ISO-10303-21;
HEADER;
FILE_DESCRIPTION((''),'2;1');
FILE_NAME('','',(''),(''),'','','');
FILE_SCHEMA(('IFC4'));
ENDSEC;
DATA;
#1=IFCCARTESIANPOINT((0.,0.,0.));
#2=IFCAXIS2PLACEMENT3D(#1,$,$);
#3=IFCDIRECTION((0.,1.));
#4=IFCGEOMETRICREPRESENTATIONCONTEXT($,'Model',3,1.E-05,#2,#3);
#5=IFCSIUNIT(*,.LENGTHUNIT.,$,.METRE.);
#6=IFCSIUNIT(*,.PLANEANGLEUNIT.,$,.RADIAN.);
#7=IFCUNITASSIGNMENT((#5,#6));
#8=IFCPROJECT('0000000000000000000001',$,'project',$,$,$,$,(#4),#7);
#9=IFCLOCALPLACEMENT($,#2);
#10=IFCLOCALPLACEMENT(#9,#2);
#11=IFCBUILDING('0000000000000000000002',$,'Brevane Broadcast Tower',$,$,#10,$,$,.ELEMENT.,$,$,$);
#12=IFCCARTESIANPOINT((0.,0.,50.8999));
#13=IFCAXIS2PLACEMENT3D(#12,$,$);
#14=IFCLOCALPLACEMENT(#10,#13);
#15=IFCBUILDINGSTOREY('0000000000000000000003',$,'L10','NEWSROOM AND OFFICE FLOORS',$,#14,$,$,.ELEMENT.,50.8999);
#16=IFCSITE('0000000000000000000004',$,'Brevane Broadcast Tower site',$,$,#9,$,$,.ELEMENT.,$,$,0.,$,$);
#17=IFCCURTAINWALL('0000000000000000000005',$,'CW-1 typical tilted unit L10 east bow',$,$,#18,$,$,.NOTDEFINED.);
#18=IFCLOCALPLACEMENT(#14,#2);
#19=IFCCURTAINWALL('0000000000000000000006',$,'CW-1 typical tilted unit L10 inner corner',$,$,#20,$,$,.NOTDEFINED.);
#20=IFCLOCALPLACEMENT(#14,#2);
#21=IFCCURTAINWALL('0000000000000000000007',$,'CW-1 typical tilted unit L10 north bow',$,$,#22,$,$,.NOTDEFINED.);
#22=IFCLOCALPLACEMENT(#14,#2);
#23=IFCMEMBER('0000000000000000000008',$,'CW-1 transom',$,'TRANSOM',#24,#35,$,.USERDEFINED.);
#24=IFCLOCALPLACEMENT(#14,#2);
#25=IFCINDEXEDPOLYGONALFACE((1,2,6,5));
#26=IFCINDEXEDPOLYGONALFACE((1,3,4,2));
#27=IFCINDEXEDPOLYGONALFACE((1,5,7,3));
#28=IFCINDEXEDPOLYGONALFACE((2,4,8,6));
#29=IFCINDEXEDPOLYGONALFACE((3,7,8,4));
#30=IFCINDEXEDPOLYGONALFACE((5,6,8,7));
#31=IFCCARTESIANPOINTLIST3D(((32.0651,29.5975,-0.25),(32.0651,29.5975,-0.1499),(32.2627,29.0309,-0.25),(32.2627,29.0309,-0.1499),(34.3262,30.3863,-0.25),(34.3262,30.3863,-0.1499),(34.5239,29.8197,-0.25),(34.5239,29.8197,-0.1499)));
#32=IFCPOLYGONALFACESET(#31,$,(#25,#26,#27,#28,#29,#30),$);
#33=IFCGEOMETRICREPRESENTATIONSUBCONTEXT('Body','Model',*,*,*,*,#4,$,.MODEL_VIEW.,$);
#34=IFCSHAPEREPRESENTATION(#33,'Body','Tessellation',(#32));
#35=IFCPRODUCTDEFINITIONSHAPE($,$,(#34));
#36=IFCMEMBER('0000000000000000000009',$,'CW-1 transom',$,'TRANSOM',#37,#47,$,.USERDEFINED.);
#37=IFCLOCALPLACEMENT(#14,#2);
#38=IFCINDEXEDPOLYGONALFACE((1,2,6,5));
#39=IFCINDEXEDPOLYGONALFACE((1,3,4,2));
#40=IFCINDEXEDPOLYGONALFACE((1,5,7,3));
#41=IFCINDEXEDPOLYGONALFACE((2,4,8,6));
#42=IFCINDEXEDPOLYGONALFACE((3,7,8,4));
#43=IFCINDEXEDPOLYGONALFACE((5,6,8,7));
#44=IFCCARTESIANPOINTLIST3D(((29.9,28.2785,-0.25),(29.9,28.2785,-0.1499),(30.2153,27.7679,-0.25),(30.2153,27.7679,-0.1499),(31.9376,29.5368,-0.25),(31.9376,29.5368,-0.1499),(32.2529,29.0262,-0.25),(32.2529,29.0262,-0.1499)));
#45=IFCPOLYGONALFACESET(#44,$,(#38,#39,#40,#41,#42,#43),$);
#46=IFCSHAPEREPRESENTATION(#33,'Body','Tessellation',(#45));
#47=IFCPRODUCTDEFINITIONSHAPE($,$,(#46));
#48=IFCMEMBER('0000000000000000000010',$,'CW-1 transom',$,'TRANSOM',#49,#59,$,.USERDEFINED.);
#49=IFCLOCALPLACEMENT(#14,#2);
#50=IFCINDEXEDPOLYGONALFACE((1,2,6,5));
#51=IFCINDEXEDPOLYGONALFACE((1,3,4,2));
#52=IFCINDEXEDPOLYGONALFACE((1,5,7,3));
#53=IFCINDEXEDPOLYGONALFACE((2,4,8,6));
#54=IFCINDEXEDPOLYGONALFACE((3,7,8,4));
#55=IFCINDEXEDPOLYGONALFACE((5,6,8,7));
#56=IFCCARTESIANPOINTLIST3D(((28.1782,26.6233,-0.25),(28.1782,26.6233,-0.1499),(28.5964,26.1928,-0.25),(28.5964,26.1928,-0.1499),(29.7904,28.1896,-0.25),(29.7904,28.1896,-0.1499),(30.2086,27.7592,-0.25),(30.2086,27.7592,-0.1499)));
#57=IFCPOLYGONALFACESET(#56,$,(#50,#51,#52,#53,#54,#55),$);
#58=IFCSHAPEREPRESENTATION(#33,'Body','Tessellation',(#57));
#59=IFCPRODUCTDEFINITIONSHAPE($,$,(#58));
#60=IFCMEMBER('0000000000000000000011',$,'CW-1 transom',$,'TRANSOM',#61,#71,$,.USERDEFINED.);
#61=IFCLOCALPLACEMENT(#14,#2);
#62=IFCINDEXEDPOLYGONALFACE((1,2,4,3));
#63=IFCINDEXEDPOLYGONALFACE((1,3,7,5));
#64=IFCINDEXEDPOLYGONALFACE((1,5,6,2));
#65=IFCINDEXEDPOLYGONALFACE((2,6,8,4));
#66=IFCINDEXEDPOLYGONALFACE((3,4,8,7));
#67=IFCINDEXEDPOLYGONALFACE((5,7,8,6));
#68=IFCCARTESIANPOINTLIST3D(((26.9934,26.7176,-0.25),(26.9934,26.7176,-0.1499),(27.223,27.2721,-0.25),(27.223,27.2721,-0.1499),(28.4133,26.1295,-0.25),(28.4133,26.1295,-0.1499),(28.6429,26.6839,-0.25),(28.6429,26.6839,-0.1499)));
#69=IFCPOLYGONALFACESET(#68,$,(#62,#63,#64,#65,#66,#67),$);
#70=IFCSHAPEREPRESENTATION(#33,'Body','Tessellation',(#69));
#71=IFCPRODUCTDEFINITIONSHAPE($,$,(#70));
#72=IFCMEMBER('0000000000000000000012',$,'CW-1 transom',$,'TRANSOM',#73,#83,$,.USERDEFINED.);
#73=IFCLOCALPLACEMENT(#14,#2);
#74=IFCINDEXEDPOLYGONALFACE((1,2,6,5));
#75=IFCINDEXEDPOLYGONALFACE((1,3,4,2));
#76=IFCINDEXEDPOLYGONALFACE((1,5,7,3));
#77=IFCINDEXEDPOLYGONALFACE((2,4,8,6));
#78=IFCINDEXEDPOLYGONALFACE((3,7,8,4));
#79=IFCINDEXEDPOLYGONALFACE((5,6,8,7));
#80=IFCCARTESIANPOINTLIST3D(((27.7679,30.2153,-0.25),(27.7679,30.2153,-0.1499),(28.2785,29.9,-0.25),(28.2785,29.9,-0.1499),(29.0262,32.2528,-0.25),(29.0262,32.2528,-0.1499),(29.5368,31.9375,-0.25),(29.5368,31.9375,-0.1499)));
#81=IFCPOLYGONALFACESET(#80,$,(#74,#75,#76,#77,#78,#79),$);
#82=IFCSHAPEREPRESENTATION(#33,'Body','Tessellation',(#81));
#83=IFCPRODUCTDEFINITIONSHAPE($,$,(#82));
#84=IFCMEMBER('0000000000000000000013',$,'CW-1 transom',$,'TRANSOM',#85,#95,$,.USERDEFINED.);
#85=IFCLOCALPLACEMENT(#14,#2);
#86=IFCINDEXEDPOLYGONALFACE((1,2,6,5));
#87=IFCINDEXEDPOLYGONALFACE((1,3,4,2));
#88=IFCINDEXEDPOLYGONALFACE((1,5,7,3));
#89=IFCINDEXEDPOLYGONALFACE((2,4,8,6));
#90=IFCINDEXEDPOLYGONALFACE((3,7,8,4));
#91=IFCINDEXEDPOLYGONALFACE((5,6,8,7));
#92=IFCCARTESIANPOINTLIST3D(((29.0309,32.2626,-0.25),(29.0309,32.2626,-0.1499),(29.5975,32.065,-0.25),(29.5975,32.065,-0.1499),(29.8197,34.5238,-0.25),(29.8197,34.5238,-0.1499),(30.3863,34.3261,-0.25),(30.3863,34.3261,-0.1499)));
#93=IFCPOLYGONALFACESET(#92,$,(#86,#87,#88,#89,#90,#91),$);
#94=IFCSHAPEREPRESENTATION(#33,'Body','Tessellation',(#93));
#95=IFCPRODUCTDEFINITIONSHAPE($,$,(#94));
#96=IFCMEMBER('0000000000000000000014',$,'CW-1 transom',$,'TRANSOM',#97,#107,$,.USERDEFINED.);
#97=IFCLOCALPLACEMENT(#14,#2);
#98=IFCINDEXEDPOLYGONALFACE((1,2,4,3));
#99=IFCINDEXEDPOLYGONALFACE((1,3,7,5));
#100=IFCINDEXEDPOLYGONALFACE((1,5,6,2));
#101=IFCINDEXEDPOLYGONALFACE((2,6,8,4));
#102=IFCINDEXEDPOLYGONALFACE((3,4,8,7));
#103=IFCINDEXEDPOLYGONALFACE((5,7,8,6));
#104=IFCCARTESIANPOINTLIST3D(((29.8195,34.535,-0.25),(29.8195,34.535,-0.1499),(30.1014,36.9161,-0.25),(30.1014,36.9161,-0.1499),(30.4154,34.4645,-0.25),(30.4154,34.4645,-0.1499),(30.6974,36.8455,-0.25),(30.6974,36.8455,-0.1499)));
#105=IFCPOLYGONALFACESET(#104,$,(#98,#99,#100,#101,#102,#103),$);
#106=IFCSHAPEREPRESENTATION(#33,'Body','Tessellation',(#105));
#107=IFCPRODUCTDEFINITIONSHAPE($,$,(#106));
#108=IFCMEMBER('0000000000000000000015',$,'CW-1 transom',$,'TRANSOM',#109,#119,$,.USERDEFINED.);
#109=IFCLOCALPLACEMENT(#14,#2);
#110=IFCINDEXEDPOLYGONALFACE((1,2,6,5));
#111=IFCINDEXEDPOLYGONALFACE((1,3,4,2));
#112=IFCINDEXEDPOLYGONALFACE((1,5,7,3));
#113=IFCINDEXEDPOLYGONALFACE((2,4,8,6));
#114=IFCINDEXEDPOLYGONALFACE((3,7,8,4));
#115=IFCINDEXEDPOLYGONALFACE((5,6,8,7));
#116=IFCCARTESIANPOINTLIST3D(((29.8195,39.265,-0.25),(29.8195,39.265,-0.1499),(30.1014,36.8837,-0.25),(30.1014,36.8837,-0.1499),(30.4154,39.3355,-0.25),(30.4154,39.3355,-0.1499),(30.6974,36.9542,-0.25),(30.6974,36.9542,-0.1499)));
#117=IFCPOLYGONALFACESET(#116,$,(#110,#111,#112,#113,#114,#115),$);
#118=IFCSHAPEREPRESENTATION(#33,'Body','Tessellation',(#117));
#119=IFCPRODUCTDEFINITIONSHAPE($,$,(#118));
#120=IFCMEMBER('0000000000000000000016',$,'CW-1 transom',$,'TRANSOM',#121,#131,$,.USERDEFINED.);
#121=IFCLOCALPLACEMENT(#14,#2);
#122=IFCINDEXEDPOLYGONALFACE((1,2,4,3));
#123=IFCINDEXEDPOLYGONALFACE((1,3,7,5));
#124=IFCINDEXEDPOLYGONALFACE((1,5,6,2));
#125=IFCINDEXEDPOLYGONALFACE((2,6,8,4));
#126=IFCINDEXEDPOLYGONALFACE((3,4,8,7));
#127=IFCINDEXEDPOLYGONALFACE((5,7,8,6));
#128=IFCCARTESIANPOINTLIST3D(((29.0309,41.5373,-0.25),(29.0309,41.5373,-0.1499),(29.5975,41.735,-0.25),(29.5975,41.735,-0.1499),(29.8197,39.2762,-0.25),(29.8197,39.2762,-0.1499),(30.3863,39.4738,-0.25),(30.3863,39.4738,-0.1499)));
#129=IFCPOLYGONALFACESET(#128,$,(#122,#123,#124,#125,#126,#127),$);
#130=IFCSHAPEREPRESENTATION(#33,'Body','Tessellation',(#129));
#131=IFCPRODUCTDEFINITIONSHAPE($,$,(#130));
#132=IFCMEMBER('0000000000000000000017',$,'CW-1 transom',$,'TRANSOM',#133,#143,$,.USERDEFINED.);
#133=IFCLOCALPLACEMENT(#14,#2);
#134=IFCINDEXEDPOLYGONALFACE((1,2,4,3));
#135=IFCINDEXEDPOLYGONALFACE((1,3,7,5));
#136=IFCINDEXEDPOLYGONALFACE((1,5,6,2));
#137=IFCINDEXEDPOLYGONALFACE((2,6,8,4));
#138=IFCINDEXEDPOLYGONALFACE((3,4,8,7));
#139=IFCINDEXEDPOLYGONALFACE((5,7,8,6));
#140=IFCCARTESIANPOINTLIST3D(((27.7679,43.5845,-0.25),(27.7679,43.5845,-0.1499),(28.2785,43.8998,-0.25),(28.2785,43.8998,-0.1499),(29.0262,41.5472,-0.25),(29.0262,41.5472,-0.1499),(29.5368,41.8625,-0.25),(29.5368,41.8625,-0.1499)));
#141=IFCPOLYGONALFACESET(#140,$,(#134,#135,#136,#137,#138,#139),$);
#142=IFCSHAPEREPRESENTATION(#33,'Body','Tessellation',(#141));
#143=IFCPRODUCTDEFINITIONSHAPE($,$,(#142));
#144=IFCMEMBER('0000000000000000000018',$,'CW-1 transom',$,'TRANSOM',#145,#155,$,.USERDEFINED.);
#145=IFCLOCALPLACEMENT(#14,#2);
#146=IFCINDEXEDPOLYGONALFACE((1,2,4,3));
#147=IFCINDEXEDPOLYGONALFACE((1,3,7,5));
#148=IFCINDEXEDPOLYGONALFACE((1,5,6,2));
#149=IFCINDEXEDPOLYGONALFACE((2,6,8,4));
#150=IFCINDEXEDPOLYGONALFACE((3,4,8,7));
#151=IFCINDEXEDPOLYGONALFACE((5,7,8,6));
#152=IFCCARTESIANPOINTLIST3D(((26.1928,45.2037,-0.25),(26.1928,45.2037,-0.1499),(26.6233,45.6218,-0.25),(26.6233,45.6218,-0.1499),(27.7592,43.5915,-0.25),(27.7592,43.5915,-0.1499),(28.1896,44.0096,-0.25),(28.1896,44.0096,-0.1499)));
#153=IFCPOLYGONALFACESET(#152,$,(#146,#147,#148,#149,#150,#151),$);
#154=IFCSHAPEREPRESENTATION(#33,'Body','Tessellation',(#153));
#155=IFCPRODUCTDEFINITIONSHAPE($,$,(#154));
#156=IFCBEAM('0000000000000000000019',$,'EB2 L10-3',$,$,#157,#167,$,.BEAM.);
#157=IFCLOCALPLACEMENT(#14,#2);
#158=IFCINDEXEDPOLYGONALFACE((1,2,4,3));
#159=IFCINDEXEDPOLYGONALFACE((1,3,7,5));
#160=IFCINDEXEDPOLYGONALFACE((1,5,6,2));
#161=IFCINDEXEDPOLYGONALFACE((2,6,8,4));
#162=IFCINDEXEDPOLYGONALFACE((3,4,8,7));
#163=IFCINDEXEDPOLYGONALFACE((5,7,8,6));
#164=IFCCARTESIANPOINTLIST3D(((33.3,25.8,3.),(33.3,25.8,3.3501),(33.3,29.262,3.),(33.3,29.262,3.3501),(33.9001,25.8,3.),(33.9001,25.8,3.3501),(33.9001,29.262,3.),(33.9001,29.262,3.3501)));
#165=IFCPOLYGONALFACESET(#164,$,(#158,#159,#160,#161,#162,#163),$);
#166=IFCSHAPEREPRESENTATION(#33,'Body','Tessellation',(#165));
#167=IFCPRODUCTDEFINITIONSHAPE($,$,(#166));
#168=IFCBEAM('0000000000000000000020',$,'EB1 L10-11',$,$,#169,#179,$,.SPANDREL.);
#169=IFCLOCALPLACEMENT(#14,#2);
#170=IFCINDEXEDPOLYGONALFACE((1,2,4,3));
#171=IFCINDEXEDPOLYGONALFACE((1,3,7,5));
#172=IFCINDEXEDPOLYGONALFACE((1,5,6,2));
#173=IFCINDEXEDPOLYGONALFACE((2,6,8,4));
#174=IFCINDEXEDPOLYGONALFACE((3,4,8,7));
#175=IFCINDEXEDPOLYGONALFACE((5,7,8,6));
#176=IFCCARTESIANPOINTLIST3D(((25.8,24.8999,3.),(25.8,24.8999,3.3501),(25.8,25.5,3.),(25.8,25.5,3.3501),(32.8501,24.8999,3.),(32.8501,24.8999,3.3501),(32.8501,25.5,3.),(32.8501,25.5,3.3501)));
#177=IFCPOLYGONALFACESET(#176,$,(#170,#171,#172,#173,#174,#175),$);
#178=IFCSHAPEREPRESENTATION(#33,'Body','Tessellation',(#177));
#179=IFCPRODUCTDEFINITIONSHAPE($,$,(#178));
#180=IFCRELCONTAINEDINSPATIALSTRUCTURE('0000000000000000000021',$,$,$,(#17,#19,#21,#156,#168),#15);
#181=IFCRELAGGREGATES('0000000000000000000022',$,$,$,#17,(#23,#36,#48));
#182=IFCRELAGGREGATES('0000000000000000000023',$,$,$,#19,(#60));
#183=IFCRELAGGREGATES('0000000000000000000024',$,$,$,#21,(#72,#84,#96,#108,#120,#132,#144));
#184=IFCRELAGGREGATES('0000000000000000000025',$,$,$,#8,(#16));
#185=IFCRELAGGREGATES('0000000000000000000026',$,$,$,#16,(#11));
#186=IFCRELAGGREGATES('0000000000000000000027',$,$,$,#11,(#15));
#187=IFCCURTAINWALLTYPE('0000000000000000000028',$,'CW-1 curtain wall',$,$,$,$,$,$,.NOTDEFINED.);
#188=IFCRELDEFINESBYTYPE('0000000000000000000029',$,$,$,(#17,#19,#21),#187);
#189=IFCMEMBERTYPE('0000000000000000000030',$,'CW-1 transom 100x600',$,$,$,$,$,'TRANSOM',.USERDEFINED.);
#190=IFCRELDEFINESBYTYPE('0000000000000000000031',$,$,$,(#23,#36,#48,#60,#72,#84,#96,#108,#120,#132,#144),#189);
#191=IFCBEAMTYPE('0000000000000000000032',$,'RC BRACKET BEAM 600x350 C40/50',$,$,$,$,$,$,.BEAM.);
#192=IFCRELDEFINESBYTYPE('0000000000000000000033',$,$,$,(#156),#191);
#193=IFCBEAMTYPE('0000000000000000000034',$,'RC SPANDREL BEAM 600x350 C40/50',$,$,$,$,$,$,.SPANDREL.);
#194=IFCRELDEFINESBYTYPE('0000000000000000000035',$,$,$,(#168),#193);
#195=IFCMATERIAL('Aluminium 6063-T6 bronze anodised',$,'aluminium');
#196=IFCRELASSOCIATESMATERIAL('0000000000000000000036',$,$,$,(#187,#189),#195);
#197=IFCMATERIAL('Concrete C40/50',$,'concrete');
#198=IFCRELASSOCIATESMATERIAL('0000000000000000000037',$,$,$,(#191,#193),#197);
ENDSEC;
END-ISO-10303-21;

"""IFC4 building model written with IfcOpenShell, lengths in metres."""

from ifc_helpers import new_model, si_unit, direction, frame, origin, origin_2d, place, context, subcontext, project, spatial, rectangle, extrude, material, material_profile, profile_set, type_object, element, aggregate, save


model = new_model("IFC4")

# Units and contexts
model_context = context("Model", 3, precision=1e-05, world=origin(), true_north=direction((0.0, 1.0)))
body_context = subcontext(model_context, "Body", "Model", "MODEL_VIEW")
ifc_project = project(units=[si_unit("LENGTHUNIT", "METRE"), si_unit("PLANEANGLEUNIT", "RADIAN")], contexts=[model_context])

# Site, building, storey
site_placement = place(None, origin())
site = spatial("IfcSite", under=ifc_project, at=site_placement, Name="Brevane Broadcast Tower site", CompositionType="ELEMENT", RefElevation=0.0)
building_placement = place(site_placement, origin())
building = spatial("IfcBuilding", under=site, at=building_placement, Name="Brevane Broadcast Tower", CompositionType="ELEMENT")
storey_placement = place(building_placement, frame((0.0, 0.0, 50.8999)))
storey = spatial("IfcBuildingStorey", under=building, at=storey_placement, Name="L10", Description="NEWSROOM AND OFFICE FLOORS", CompositionType="ELEMENT", Elevation=50.8999)

# Curtain walls
ifc_material_1 = material(Name="Aluminium 6063-T6 bronze anodised", Category="aluminium")
curtain_wall_type = type_object("IfcCurtainWallType", Name="CW-1 curtain wall", PredefinedType="NOTDEFINED", material=ifc_material_1)
curtain_wall_1_placement = place(storey_placement, origin())
curtain_wall_1 = element("IfcCurtainWall", 1, at=curtain_wall_1_placement, inside=storey, type_object=curtain_wall_type, Name="CW-1 typical tilted unit L10 east bow", PredefinedType="NOTDEFINED")
curtain_wall_2_placement = place(storey_placement, origin())
curtain_wall_2 = element("IfcCurtainWall", 2, at=curtain_wall_2_placement, inside=storey, type_object=curtain_wall_type, Name="CW-1 typical tilted unit L10 inner corner", PredefinedType="NOTDEFINED")
curtain_wall_3_placement = place(storey_placement, origin())
curtain_wall_3 = element("IfcCurtainWall", 3, at=curtain_wall_3_placement, inside=storey, type_object=curtain_wall_type, Name="CW-1 typical tilted unit L10 north bow", PredefinedType="NOTDEFINED")

# Members
ifc_material_profile_1 = material_profile(ifc_material_1, rectangle(XDim=0.6001, YDim=0.1001, at=origin_2d()), Name="RECT 100x600")
ifc_profile_set_1 = profile_set([ifc_material_profile_1], Name="Aluminium 6063-T6 bronze anodised")
member_type_1 = type_object("IfcMemberType", Name="CW-1 transom 100x600", ElementType="TRANSOM", PredefinedType="USERDEFINED", material=ifc_profile_set_1)
member_1_placement = place(storey_placement, frame((34.425, 30.103, -0.2), z_axis=(-0.944198, -0.329378, 0.0), x_axis=(0.329378, -0.944198, 0.0)))
member_1 = element("IfcMember", 4, at=member_1_placement, type_object=member_type_1, Name="CW-1 transom", ObjectType="TRANSOM", PredefinedType="USERDEFINED", context=body_context, shape_type="SweptSolid", body=[
    extrude(rectangle(XDim=0.6001, YDim=0.1001, at=origin_2d()), origin(), (0.0, 0.0, 1.0), 2.3948),
])
member_2_placement = place(storey_placement, frame((32.0952, 29.2815, -0.2), z_axis=(-0.850838, -0.525428, 0.0), x_axis=(0.525428, -0.850838, 0.0)))
member_2 = element("IfcMember", 5, at=member_2_placement, type_object=member_type_1, Name="CW-1 transom", ObjectType="TRANSOM", PredefinedType="USERDEFINED", context=body_context, shape_type="SweptSolid", body=[
    extrude(rectangle(XDim=0.6001, YDim=0.1001, at=origin_2d()), origin(), (0.0, 0.0, 1.0), 2.3948),
])
member_3_placement = place(storey_placement, frame((29.9995, 27.9744, -0.2), z_axis=(-0.717242, -0.696824, 0.0), x_axis=(0.696824, -0.717242, 0.0)))
member_3 = element("IfcMember", 6, at=member_3_placement, type_object=member_type_1, Name="CW-1 transom", ObjectType="TRANSOM", PredefinedType="USERDEFINED", context=body_context, shape_type="SweptSolid", body=[
    extrude(rectangle(XDim=0.6001, YDim=0.1001, at=origin_2d()), origin(), (0.0, 0.0, 1.0), 2.2478),
])
aggregate(curtain_wall_1, [member_1, member_2, member_3])
member_4_placement = place(storey_placement, frame((28.5281, 26.4067, -0.2), z_axis=(-0.923883, 0.382674, 0.0), x_axis=(-0.382674, -0.923883, 0.0)))
member_4 = element("IfcMember", 7, at=member_4_placement, type_object=member_type_1, Name="CW-1 transom", ObjectType="TRANSOM", PredefinedType="USERDEFINED", context=body_context, shape_type="SweptSolid", body=[
    extrude(rectangle(XDim=0.6001, YDim=0.1001, at=origin_2d()), origin(), (0.0, 0.0, 1.0), 1.5369),
])
aggregate(curtain_wall_2, [member_4])
member_5_placement = place(storey_placement, frame((28.0232, 30.0576, -0.2), z_axis=(0.525428, 0.850838, 0.0), x_axis=(-0.850838, 0.525428, 0.0)))
member_5 = element("IfcMember", 8, at=member_5_placement, type_object=member_type_1, Name="CW-1 transom", ObjectType="TRANSOM", PredefinedType="USERDEFINED", context=body_context, shape_type="SweptSolid", body=[
    extrude(rectangle(XDim=0.6001, YDim=0.1001, at=origin_2d()), origin(), (0.0, 0.0, 1.0), 2.3948),
])
member_6_placement = place(storey_placement, frame((29.3142, 32.1638, -0.2), z_axis=(0.329378, 0.944198, 0.0), x_axis=(-0.944198, 0.329378, 0.0)))
member_6 = element("IfcMember", 9, at=member_6_placement, type_object=member_type_1, Name="CW-1 transom", ObjectType="TRANSOM", PredefinedType="USERDEFINED", context=body_context, shape_type="SweptSolid", body=[
    extrude(rectangle(XDim=0.6001, YDim=0.1001, at=origin_2d()), origin(), (0.0, 0.0, 1.0), 2.3948),
])
member_7_placement = place(storey_placement, frame((30.1174, 34.4998, -0.2), z_axis=(0.117603, 0.993061, 0.0), x_axis=(-0.993061, 0.117603, 0.0)))
member_7 = element("IfcMember", 10, at=member_7_placement, type_object=member_type_1, Name="CW-1 transom", ObjectType="TRANSOM", PredefinedType="USERDEFINED", context=body_context, shape_type="SweptSolid", body=[
    extrude(rectangle(XDim=0.6001, YDim=0.1001, at=origin_2d()), origin(), (0.0, 0.0, 1.0), 2.3977),
])
member_8_placement = place(storey_placement, frame((30.3994, 36.9189, -0.2), z_axis=(-0.117591, 0.993062, 0.0), x_axis=(-0.993062, -0.117591, 0.0)))
member_8 = element("IfcMember", 11, at=member_8_placement, type_object=member_type_1, Name="CW-1 transom", ObjectType="TRANSOM", PredefinedType="USERDEFINED", context=body_context, shape_type="SweptSolid", body=[
    extrude(rectangle(XDim=0.6001, YDim=0.1001, at=origin_2d()), origin(), (0.0, 0.0, 1.0), 2.3979),
])
member_9_placement = place(storey_placement, frame((30.103, 39.375, -0.2), z_axis=(-0.329378, 0.944198, 0.0), x_axis=(-0.944198, -0.329378, 0.0)))
member_9 = element("IfcMember", 12, at=member_9_placement, type_object=member_type_1, Name="CW-1 transom", ObjectType="TRANSOM", PredefinedType="USERDEFINED", context=body_context, shape_type="SweptSolid", body=[
    extrude(rectangle(XDim=0.6001, YDim=0.1001, at=origin_2d()), origin(), (0.0, 0.0, 1.0), 2.3948),
])
member_10_placement = place(storey_placement, frame((29.2815, 41.7048, -0.2), z_axis=(-0.525473, 0.85081, 0.0), x_axis=(-0.85081, -0.525473, 0.0)))
member_10 = element("IfcMember", 13, at=member_10_placement, type_object=member_type_1, Name="CW-1 transom", ObjectType="TRANSOM", PredefinedType="USERDEFINED", context=body_context, shape_type="SweptSolid", body=[
    extrude(rectangle(XDim=0.6001, YDim=0.1001, at=origin_2d()), origin(), (0.0, 0.0, 1.0), 2.3945),
])
member_11_placement = place(storey_placement, frame((27.9744, 43.8005, -0.2), z_axis=(-0.696824, 0.717242, 0.0), x_axis=(-0.717242, -0.696824, 0.0)))
member_11 = element("IfcMember", 14, at=member_11_placement, type_object=member_type_1, Name="CW-1 transom", ObjectType="TRANSOM", PredefinedType="USERDEFINED", context=body_context, shape_type="SweptSolid", body=[
    extrude(rectangle(XDim=0.6001, YDim=0.1001, at=origin_2d()), origin(), (0.0, 0.0, 1.0), 2.2478),
])
aggregate(curtain_wall_3, [member_5, member_6, member_7, member_8, member_9, member_10, member_11])

# Beams
ifc_material_2 = material(Name="Concrete C40/50", Category="concrete")
ifc_material_profile_2 = material_profile(ifc_material_2, rectangle(XDim=0.6001, YDim=0.3501, at=origin_2d()), Name="RC 600x350")
ifc_profile_set_2 = profile_set([ifc_material_profile_2], Name="Concrete C40/50")
beam_type_1 = type_object("IfcBeamType", Name="RC BRACKET BEAM 600x350 C40/50", PredefinedType="BEAM", material=ifc_profile_set_2)
beam_1_placement = place(storey_placement, frame((33.6001, 25.8, 3.175), z_axis=(0.0, 1.0, 0.0), x_axis=(-1.0, 0.0, 0.0)))
element("IfcBeam", 15, at=beam_1_placement, inside=storey, type_object=beam_type_1, Name="EB2 L10-3", PredefinedType="BEAM", context=body_context, shape_type="SweptSolid", body=[
    extrude(rectangle(XDim=0.6001, YDim=0.3501, at=origin_2d()), origin(), (0.0, 0.0, 1.0), 3.4619),
])
ifc_material_profile_3 = material_profile(ifc_material_2, rectangle(XDim=0.6001, YDim=0.3501, at=origin_2d()), Name="RC 600x350")
ifc_profile_set_3 = profile_set([ifc_material_profile_3], Name="Concrete C40/50")
beam_type_2 = type_object("IfcBeamType", Name="RC SPANDREL BEAM 600x350 C40/50", PredefinedType="SPANDREL", material=ifc_profile_set_3)
beam_2_placement = place(storey_placement, frame((32.8501, 25.2, 3.175), z_axis=(-1.0, 0.0, 0.0), x_axis=(0.0, -1.0, 0.0)))
element("IfcBeam", 16, at=beam_2_placement, inside=storey, type_object=beam_type_2, Name="EB1 L10-11", PredefinedType="SPANDREL", context=body_context, shape_type="SweptSolid", body=[
    extrude(rectangle(XDim=0.6001, YDim=0.3501, at=origin_2d()), origin(), (0.0, 0.0, 1.0), 7.05),
])

save(model, "model.ifc")
